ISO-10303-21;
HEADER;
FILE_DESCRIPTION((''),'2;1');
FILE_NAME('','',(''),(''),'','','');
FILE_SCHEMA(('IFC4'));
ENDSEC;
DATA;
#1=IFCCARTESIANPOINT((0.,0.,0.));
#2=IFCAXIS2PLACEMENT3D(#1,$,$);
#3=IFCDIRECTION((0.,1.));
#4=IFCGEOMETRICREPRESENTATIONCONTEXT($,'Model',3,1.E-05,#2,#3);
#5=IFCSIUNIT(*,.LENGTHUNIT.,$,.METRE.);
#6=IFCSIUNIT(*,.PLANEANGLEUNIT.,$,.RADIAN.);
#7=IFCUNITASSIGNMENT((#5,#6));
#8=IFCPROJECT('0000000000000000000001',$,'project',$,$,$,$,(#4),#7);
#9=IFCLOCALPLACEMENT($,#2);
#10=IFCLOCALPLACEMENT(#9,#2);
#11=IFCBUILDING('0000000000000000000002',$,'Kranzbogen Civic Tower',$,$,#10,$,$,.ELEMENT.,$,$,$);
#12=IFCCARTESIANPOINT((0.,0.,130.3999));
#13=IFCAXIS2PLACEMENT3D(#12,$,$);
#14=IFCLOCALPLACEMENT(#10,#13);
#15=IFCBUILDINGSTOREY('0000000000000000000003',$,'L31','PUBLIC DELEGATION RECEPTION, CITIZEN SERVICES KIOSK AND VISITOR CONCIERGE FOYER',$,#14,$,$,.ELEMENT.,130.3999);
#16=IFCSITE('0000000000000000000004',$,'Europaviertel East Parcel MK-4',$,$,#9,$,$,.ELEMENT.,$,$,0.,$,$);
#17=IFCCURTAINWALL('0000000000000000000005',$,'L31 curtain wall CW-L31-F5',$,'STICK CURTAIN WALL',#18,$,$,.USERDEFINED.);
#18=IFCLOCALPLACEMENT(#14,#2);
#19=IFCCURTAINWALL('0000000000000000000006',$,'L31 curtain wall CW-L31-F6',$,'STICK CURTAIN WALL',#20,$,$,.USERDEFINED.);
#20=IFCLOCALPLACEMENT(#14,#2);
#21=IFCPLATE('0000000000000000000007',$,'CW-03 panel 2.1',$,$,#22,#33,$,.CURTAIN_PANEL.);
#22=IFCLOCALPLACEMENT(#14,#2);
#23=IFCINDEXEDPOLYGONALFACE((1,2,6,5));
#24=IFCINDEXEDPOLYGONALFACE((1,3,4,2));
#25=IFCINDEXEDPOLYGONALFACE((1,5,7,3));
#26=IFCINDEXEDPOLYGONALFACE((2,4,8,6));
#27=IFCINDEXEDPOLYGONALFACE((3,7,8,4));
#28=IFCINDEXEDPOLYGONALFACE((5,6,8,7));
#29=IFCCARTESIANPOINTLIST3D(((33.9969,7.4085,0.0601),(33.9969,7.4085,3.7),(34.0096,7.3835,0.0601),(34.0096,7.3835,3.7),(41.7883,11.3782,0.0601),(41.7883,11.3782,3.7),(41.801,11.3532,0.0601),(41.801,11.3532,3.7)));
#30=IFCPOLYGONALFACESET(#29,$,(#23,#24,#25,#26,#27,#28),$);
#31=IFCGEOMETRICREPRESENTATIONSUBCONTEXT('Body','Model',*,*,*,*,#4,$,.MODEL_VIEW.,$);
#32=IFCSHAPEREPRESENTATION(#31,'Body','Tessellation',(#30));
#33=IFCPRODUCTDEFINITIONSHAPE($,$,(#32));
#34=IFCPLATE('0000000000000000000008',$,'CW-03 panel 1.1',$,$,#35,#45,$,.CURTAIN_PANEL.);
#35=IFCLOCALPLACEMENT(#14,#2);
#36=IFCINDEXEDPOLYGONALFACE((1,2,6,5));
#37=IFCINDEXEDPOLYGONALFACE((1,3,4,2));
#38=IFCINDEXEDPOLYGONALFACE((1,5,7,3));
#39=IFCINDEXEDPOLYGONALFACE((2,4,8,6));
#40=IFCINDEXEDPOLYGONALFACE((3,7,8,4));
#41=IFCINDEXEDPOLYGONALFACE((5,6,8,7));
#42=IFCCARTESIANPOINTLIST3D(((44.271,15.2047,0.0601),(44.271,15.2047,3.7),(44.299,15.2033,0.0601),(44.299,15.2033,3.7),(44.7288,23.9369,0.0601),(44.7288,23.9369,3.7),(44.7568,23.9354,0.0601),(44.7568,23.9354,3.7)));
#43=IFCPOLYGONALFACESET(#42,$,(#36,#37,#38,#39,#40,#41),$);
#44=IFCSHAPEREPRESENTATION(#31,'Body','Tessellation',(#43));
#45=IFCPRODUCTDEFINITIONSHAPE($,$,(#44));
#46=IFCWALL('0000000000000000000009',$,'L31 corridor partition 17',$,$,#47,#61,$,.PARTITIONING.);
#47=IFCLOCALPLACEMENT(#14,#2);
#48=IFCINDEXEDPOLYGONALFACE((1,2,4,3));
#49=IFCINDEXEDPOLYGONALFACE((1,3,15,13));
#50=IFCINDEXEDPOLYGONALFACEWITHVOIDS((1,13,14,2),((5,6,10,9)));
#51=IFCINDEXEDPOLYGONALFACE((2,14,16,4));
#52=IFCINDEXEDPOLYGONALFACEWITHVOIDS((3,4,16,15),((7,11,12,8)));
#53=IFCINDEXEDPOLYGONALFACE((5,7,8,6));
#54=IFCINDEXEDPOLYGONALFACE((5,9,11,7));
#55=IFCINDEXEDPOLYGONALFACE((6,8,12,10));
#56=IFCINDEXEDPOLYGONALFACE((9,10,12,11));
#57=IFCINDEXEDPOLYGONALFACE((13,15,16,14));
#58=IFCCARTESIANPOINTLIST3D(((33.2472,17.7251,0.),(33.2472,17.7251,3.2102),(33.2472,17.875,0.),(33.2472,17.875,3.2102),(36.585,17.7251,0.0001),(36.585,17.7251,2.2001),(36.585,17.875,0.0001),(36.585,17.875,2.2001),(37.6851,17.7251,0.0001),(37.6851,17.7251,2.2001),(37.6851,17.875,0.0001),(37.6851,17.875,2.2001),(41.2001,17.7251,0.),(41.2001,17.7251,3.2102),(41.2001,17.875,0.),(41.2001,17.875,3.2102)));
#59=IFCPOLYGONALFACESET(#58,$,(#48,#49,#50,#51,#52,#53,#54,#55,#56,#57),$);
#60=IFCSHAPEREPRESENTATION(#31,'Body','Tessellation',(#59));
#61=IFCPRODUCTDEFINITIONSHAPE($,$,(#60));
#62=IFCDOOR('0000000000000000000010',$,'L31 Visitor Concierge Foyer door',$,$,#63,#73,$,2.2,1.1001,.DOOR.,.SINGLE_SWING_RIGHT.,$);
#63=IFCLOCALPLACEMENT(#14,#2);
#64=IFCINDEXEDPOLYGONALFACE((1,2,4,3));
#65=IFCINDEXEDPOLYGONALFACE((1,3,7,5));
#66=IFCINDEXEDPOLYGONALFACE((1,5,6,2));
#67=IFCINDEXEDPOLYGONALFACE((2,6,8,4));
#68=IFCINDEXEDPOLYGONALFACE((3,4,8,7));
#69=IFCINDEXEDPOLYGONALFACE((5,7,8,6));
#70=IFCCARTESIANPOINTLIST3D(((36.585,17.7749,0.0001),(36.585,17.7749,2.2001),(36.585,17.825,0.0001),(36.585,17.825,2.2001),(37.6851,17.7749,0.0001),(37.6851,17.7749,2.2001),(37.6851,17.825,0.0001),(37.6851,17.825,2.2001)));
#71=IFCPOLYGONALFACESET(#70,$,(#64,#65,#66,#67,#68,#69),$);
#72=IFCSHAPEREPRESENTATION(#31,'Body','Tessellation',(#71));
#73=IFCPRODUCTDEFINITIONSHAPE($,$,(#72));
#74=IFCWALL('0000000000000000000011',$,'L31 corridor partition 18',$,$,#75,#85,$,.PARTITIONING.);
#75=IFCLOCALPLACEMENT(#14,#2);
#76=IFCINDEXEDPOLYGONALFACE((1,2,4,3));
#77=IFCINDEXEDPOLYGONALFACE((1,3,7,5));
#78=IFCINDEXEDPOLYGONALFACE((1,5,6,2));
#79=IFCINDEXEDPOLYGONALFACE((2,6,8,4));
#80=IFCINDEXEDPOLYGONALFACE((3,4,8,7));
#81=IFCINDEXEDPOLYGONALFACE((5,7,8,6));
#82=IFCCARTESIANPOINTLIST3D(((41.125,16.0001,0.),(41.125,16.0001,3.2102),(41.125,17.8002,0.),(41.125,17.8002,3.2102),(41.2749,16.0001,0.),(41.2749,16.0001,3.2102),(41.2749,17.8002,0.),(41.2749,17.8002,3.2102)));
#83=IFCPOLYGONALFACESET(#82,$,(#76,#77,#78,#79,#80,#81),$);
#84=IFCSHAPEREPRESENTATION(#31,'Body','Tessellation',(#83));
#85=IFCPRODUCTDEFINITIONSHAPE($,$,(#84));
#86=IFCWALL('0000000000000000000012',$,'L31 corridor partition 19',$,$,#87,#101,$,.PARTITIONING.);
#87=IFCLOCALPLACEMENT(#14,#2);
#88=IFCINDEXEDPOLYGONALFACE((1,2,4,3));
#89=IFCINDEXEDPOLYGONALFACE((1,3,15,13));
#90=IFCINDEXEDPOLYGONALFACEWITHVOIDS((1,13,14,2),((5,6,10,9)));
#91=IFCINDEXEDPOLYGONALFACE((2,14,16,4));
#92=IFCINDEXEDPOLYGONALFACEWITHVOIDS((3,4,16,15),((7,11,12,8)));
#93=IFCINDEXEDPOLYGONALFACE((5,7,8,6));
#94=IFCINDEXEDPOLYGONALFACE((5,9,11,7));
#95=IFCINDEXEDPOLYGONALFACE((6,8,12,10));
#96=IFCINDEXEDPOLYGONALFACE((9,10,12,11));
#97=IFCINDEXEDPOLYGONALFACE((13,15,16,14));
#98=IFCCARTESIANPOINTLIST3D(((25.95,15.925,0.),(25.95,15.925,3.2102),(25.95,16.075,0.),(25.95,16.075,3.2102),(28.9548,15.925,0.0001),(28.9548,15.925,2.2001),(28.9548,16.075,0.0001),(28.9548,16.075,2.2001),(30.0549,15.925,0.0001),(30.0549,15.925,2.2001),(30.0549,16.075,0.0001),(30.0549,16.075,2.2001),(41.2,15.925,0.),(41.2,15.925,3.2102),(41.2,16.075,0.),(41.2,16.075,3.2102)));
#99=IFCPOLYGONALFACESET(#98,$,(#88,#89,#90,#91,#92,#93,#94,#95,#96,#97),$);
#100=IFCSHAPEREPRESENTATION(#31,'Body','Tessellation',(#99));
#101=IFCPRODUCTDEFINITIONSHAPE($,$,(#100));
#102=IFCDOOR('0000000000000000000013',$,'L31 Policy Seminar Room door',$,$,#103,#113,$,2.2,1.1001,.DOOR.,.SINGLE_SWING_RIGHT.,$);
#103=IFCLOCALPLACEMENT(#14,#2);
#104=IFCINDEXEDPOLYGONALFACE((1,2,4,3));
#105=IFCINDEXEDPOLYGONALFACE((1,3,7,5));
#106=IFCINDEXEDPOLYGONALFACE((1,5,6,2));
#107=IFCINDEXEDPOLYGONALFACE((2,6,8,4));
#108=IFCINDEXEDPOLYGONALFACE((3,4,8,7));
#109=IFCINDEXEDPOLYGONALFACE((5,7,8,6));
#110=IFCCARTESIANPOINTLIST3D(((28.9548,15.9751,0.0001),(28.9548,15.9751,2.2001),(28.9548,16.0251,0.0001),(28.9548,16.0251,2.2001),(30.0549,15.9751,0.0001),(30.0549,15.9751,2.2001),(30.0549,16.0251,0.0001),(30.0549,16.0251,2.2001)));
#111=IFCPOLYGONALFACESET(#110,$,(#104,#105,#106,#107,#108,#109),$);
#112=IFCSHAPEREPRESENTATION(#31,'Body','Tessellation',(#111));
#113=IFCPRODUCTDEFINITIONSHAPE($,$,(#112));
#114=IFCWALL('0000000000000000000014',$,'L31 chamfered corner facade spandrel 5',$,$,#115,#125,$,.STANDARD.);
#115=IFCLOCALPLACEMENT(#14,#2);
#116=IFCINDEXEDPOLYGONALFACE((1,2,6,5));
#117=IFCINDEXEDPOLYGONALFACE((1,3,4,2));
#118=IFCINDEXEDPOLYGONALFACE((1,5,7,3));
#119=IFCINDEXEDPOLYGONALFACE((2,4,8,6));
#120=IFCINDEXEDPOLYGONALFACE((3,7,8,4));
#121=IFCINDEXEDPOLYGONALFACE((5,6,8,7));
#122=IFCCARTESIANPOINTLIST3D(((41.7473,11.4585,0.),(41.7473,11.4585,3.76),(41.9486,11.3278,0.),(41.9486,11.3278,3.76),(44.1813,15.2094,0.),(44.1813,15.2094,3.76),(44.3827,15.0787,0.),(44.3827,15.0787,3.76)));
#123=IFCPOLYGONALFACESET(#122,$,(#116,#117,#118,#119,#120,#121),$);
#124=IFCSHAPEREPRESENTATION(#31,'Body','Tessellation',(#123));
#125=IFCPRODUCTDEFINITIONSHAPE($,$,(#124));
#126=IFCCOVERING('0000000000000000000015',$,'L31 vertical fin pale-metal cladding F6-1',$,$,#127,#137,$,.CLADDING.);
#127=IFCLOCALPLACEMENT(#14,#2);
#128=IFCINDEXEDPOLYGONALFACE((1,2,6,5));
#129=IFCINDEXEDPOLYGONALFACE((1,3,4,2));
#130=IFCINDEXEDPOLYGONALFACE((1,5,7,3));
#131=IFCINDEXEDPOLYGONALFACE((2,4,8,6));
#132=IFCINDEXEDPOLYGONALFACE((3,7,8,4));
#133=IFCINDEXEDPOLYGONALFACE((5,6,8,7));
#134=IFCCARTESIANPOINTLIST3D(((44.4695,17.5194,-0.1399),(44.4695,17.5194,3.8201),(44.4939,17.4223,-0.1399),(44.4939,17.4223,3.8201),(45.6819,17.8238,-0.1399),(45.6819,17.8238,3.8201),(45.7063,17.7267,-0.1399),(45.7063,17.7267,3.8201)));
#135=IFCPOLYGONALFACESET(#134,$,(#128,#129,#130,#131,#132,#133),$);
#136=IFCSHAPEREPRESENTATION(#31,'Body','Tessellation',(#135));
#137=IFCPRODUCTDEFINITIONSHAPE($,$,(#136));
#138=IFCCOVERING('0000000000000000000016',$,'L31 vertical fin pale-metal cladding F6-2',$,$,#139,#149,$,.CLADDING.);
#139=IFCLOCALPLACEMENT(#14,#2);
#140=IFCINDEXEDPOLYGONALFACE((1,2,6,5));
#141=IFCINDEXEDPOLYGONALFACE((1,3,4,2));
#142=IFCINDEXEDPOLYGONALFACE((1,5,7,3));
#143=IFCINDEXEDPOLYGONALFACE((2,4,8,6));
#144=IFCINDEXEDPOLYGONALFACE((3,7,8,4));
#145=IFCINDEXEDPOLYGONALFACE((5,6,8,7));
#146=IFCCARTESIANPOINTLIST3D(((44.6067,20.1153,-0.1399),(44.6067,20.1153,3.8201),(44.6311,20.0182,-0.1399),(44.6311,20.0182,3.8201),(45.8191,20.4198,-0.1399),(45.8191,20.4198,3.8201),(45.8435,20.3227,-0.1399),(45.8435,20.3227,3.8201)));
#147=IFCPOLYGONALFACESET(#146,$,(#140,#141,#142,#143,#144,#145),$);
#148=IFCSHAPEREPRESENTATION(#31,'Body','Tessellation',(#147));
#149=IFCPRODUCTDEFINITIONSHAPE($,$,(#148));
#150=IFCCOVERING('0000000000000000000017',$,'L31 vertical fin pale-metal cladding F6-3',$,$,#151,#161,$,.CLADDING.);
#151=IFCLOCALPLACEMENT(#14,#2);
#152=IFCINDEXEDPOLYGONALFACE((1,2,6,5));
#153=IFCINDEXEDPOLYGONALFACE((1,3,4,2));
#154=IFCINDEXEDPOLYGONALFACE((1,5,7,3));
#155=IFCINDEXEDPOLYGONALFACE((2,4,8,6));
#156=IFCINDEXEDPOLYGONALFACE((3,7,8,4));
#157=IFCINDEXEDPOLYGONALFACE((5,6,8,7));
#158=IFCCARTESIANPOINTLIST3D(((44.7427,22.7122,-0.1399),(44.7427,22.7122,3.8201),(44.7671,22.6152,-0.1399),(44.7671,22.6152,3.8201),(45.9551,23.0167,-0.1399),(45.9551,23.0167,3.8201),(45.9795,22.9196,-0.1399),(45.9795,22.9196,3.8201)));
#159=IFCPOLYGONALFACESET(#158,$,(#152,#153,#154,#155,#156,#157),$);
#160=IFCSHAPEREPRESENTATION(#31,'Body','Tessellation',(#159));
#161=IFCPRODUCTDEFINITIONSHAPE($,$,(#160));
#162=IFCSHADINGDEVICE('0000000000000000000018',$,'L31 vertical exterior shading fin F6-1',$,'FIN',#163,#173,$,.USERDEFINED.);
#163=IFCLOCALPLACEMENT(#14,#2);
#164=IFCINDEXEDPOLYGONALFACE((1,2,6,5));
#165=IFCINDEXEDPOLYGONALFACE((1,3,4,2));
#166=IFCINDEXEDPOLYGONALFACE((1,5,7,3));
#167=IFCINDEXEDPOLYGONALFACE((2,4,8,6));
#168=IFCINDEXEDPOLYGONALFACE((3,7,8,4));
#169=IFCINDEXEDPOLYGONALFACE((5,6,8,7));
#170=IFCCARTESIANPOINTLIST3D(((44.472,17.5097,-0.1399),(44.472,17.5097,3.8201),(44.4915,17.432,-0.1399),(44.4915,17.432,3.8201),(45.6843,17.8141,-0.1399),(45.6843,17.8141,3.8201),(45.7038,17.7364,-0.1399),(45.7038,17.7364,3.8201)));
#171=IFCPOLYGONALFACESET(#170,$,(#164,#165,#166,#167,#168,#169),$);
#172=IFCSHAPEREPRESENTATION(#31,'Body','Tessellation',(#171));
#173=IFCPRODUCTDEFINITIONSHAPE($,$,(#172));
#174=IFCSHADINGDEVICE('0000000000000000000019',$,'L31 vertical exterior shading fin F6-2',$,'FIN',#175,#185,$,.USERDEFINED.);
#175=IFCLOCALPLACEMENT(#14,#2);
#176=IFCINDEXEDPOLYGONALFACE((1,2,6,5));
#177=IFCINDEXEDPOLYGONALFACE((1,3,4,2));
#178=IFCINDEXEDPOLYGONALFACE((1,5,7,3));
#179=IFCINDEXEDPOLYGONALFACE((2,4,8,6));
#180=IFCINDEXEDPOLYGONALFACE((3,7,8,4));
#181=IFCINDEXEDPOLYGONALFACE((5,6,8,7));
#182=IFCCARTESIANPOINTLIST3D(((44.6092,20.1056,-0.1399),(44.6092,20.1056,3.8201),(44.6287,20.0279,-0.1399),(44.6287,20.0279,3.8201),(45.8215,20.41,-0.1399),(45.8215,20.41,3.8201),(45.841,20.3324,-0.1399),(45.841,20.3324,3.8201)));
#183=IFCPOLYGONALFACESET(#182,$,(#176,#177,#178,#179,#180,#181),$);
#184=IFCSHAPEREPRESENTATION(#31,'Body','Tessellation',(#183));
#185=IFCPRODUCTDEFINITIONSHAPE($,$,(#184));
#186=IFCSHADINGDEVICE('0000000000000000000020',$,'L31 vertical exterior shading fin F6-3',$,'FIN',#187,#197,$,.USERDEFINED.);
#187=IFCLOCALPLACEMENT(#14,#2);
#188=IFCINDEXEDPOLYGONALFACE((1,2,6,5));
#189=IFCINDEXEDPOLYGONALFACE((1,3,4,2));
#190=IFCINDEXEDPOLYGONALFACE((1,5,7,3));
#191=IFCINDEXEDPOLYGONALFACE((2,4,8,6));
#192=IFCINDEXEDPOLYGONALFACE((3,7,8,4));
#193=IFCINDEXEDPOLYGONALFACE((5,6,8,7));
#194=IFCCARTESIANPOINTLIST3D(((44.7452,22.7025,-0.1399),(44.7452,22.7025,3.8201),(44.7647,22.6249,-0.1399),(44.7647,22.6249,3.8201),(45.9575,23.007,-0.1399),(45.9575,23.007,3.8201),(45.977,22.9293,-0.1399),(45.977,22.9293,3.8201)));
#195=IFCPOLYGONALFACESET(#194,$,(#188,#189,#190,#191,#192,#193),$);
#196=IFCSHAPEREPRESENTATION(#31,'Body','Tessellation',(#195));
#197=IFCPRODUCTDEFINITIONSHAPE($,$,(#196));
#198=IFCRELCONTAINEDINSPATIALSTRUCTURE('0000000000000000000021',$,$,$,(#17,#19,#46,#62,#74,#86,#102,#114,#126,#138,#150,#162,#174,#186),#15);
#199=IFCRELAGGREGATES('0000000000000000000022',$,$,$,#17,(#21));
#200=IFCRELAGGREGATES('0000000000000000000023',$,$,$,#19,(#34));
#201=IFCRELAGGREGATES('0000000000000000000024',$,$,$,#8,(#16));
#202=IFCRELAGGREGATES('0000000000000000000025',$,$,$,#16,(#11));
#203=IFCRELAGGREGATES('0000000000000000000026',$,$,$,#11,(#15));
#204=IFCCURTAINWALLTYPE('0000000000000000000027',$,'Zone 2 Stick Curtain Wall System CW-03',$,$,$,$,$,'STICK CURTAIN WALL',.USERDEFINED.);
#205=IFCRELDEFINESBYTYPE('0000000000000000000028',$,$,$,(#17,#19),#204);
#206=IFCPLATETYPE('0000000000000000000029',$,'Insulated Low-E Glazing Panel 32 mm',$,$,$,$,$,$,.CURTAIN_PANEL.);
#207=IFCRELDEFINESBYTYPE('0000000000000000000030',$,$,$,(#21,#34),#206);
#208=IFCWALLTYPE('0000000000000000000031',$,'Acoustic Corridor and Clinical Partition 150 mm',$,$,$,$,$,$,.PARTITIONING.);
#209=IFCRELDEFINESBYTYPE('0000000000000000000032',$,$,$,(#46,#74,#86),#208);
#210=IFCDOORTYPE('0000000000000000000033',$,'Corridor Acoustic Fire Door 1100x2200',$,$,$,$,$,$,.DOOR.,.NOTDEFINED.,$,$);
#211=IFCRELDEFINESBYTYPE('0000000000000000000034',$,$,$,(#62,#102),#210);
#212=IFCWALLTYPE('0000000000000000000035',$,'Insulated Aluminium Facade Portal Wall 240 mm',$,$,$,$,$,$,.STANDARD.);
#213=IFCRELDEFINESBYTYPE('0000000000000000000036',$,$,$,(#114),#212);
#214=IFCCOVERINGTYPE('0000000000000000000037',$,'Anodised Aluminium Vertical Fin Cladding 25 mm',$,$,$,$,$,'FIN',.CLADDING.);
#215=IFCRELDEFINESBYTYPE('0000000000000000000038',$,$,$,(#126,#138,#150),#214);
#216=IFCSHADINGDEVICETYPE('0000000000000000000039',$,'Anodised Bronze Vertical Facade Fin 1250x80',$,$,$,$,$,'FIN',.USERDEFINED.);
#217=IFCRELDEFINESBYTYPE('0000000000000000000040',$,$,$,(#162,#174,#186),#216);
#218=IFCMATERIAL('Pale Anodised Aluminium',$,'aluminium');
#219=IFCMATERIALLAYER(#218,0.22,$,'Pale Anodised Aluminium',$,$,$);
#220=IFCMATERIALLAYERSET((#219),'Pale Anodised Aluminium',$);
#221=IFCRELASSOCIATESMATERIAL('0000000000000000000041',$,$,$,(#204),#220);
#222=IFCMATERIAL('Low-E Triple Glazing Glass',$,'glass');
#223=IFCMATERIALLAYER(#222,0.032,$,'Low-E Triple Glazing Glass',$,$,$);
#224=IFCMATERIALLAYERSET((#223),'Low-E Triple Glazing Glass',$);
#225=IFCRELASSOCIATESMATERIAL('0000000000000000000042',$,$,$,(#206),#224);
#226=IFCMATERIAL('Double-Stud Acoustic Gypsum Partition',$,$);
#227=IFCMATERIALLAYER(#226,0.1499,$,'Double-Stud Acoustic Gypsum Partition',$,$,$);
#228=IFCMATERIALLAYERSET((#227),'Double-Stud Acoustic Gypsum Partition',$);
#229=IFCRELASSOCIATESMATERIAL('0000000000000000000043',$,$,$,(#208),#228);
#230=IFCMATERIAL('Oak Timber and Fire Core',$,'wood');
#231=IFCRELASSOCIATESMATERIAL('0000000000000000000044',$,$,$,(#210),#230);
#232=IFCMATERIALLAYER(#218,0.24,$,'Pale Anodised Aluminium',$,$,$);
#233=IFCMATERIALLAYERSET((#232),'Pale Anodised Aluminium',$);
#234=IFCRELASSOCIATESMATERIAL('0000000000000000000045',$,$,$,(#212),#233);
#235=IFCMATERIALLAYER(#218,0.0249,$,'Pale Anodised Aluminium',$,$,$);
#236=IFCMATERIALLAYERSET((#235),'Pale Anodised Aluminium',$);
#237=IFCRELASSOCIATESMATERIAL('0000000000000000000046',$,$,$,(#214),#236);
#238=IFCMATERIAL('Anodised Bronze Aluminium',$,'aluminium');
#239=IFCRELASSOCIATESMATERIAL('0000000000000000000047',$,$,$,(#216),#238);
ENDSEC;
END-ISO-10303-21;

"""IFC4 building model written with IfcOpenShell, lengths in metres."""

from ifc_helpers import new_model, si_unit, direction, frame, frame_2d, origin, origin_2d, place, context, subcontext, project, spatial, rectangle, extrude, material, layer, layer_set, type_object, element, fill, aggregate, save


model = new_model("IFC4")

# Units and contexts
model_context = context("Model", 3, precision=1e-05, world=origin(), true_north=direction((0.0, 1.0)))
body_context = subcontext(model_context, "Body", "Model", "MODEL_VIEW")
ifc_project = project(units=[si_unit("LENGTHUNIT", "METRE"), si_unit("PLANEANGLEUNIT", "RADIAN")], contexts=[model_context])

# Site, building, storey
site_placement = place(None, origin())
site = spatial("IfcSite", under=ifc_project, at=site_placement, Name="Europaviertel East Parcel MK-4", CompositionType="ELEMENT", RefElevation=0.0)
building_placement = place(site_placement, origin())
building = spatial("IfcBuilding", under=site, at=building_placement, Name="Kranzbogen Civic Tower", CompositionType="ELEMENT")
storey_placement = place(building_placement, frame((0.0, 0.0, 130.3999)))
storey = spatial("IfcBuildingStorey", under=building, at=storey_placement, Name="L31", Description="PUBLIC DELEGATION RECEPTION, CITIZEN SERVICES KIOSK AND VISITOR CONCIERGE FOYER", CompositionType="ELEMENT", Elevation=130.3999)

# Curtain walls
ifc_material_1 = material(Name="Pale Anodised Aluminium", Category="aluminium")
ifc_layer_1 = layer(ifc_material_1, 0.22, Name="Pale Anodised Aluminium")
ifc_layer_set_1 = layer_set([ifc_layer_1], Name="Pale Anodised Aluminium")
curtain_wall_type = type_object("IfcCurtainWallType", Name="Zone 2 Stick Curtain Wall System CW-03", ElementType="STICK CURTAIN WALL", PredefinedType="USERDEFINED", material=ifc_layer_set_1)
curtain_wall_1_placement = place(storey_placement, origin())
curtain_wall_1 = element("IfcCurtainWall", 1, at=curtain_wall_1_placement, inside=storey, type_object=curtain_wall_type, Name="L31 curtain wall CW-L31-F5", ObjectType="STICK CURTAIN WALL", PredefinedType="USERDEFINED")
curtain_wall_2_placement = place(storey_placement, origin())
curtain_wall_2 = element("IfcCurtainWall", 2, at=curtain_wall_2_placement, inside=storey, type_object=curtain_wall_type, Name="L31 curtain wall CW-L31-F6", ObjectType="STICK CURTAIN WALL", PredefinedType="USERDEFINED")

# Plates
ifc_material_2 = material(Name="Low-E Triple Glazing Glass", Category="glass")
ifc_layer_2 = layer(ifc_material_2, 0.032, Name="Low-E Triple Glazing Glass")
ifc_layer_set_2 = layer_set([ifc_layer_2], Name="Low-E Triple Glazing Glass")
plate_type = type_object("IfcPlateType", Name="Insulated Low-E Glazing Panel 32 mm", PredefinedType="CURTAIN_PANEL", material=ifc_layer_set_2)
plate_1_placement = place(storey_placement, frame((37.8989, 9.3809, 0.0601), z_axis=(0.0, 0.0, 1.0), x_axis=(0.891017, 0.45397, 0.0)))
plate_1 = element("IfcPlate", 3, at=plate_1_placement, type_object=plate_type, Name="CW-03 panel 2.1", PredefinedType="CURTAIN_PANEL", context=body_context, shape_type="SweptSolid", body=[
    extrude(rectangle(XDim=8.7444, YDim=0.0281, at=origin_2d()), origin(), (0.0, 0.0, 1.0), 3.6399),
])
aggregate(curtain_wall_1, [plate_1])
plate_2_placement = place(storey_placement, frame((44.5139, 19.5701, 0.0601), z_axis=(0.0, 0.0, 1.0), x_axis=(0.052354, 0.998629, 0.0)))
plate_2 = element("IfcPlate", 4, at=plate_2_placement, type_object=plate_type, Name="CW-03 panel 1.1", PredefinedType="CURTAIN_PANEL", context=body_context, shape_type="SweptSolid", body=[
    extrude(rectangle(XDim=8.7441, YDim=0.0281, at=origin_2d()), origin(), (0.0, 0.0, 1.0), 3.6399),
])
aggregate(curtain_wall_2, [plate_2])

# Wall, opening, door
ifc_material_3 = material(Name="Double-Stud Acoustic Gypsum Partition")
ifc_layer_3 = layer(ifc_material_3, 0.1499, Name="Double-Stud Acoustic Gypsum Partition")
ifc_layer_set_3 = layer_set([ifc_layer_3], Name="Double-Stud Acoustic Gypsum Partition")
wall_type_1 = type_object("IfcWallType", Name="Acoustic Corridor and Clinical Partition 150 mm", PredefinedType="PARTITIONING", material=ifc_layer_set_3)
wall_1_placement = place(storey_placement, frame((33.2471, 17.8, 0.0), z_axis=(0.0, 0.0, 1.0), x_axis=(1.0, 0.0, 0.0)))
wall_1 = element("IfcWall", 5, at=wall_1_placement, inside=storey, type_object=wall_type_1, Name="L31 corridor partition 17", PredefinedType="PARTITIONING", context=body_context, shape_type="SweptSolid", body=[
    extrude(rectangle(XDim=7.9529, YDim=0.1499, at=frame_2d((3.9766, 0.0))), origin(), (0.0, 0.0, 1.0), 3.2102),
])
opening_1_placement = place(wall_1_placement, frame((3.3379, 0.0, 0.0)))
opening_1 = element("IfcOpeningElement", 6, at=opening_1_placement, cuts=wall_1, PredefinedType="OPENING", context=body_context, shape_type="SweptSolid", body=[
    extrude(rectangle(XDim=1.1001, YDim=2.2, at=frame_2d((0.55, 1.1001))), frame((0.0, 0.085, 0.0), z_axis=(0.0, -1.0, 0.0), x_axis=(1.0, 0.0, 0.0)), (0.0, 0.0, 1.0), 0.1699),
])
ifc_material_4 = material(Name="Oak Timber and Fire Core", Category="wood")
door_type = type_object("IfcDoorType", Name="Corridor Acoustic Fire Door 1100x2200", OperationType="NOTDEFINED", PredefinedType="DOOR", material=ifc_material_4)
door_1_placement = place(opening_1_placement, origin())
door_1 = element("IfcDoor", 7, at=door_1_placement, inside=storey, type_object=door_type, Name="L31 Visitor Concierge Foyer door", OperationType="SINGLE_SWING_RIGHT", OverallHeight=2.2, OverallWidth=1.1001, PredefinedType="DOOR", context=body_context, shape_type="SweptSolid", body=[
    extrude(rectangle(XDim=1.1001, YDim=2.2, at=frame_2d((0.55, 1.1001))), frame((0.0, 0.0249, 0.0), z_axis=(0.0, -1.0, 0.0), x_axis=(1.0, 0.0, 0.0)), (0.0, 0.0, 1.0), 0.05),
])
fill(opening_1, door_1)

# Wall
wall_2_placement = place(storey_placement, frame((41.2, 17.8, 0.0), z_axis=(0.0, 0.0, 1.0), x_axis=(0.0, -1.0, 0.0)))
element("IfcWall", 8, at=wall_2_placement, inside=storey, type_object=wall_type_1, Name="L31 corridor partition 18", PredefinedType="PARTITIONING", context=body_context, shape_type="SweptSolid", body=[
    extrude(rectangle(XDim=1.8, YDim=0.1499, at=frame_2d((0.8999, 0.0))), origin(), (0.0, 0.0, 1.0), 3.2102),
])

# Wall, opening, door
wall_3_placement = place(storey_placement, frame((41.2, 16.0, 0.0), z_axis=(0.0, 0.0, 1.0), x_axis=(-1.0, 0.0, 0.0)))
wall_3 = element("IfcWall", 9, at=wall_3_placement, inside=storey, type_object=wall_type_1, Name="L31 corridor partition 19", PredefinedType="PARTITIONING", context=body_context, shape_type="SweptSolid", body=[
    extrude(rectangle(XDim=15.25, YDim=0.1499, at=frame_2d((7.625, 0.0))), origin(), (0.0, 0.0, 1.0), 3.2102),
])
opening_2_placement = place(wall_3_placement, frame((11.145, 0.0, 0.0)))
opening_2 = element("IfcOpeningElement", 10, at=opening_2_placement, cuts=wall_3, PredefinedType="OPENING", context=body_context, shape_type="SweptSolid", body=[
    extrude(rectangle(XDim=1.1001, YDim=2.2, at=frame_2d((0.55, 1.1001))), frame((0.0, 0.085, 0.0), z_axis=(0.0, -1.0, 0.0), x_axis=(1.0, 0.0, 0.0)), (0.0, 0.0, 1.0), 0.1699),
])
door_2_placement = place(opening_2_placement, origin())
door_2 = element("IfcDoor", 11, at=door_2_placement, inside=storey, type_object=door_type, Name="L31 Policy Seminar Room door", OperationType="SINGLE_SWING_RIGHT", OverallHeight=2.2, OverallWidth=1.1001, PredefinedType="DOOR", context=body_context, shape_type="SweptSolid", body=[
    extrude(rectangle(XDim=1.1001, YDim=2.2, at=frame_2d((0.55, 1.1001))), frame((0.0, 0.0249, 0.0), z_axis=(0.0, -1.0, 0.0), x_axis=(1.0, 0.0, 0.0)), (0.0, 0.0, 1.0), 0.05),
])
fill(opening_2, door_2)

# Wall
ifc_layer_4 = layer(ifc_material_1, 0.24, Name="Pale Anodised Aluminium")
ifc_layer_set_4 = layer_set([ifc_layer_4], Name="Pale Anodised Aluminium")
wall_type_2 = type_object("IfcWallType", Name="Insulated Aluminium Facade Portal Wall 240 mm", PredefinedType="STANDARD", material=ifc_layer_set_4)
wall_4_placement = place(storey_placement, frame((41.8479, 11.3931, 0.0), z_axis=(0.0, 0.0, 1.0), x_axis=(0.544351, 0.838858, 0.0)))
element("IfcWall", 12, at=wall_4_placement, inside=storey, type_object=wall_type_2, Name="L31 chamfered corner facade spandrel 5", PredefinedType="STANDARD", context=body_context, shape_type="SweptSolid", body=[
    extrude(rectangle(XDim=4.4714, YDim=0.24, at=frame_2d((2.2358, 0.0))), origin(), (0.0, 0.0, 1.0), 3.76),
])

# Coverings
ifc_layer_5 = layer(ifc_material_1, 0.0249, Name="Pale Anodised Aluminium")
ifc_layer_set_5 = layer_set([ifc_layer_5], Name="Pale Anodised Aluminium")
covering_type = type_object("IfcCoveringType", Name="Anodised Aluminium Vertical Fin Cladding 25 mm", ElementType="FIN", PredefinedType="CLADDING", material=ifc_layer_set_5)
for number, where, z_axis, x_axis, name in (
    (13, (45.0879, 17.623, -0.1399), (0.0, 0.0, 1.0), (0.969889, 0.243547, 0.0), "L31 vertical fin pale-metal cladding F6-1"),
    (14, (45.2251, 20.219, -0.1399), (0.0, 0.0, 1.0), (0.969889, 0.243547, 0.0), "L31 vertical fin pale-metal cladding F6-2"),
    (15, (45.3611, 22.8159, -0.1399), (0.0, 0.0, 1.0), (0.969889, 0.243547, 0.0), "L31 vertical fin pale-metal cladding F6-3"),
):
    element("IfcCovering", number, at=place(storey_placement, frame(where, z_axis=z_axis, x_axis=x_axis)), inside=storey, type_object=covering_type, Name=name, PredefinedType="CLADDING", context=body_context, shape_type="SweptSolid", body=[
        extrude(rectangle(XDim=1.25, YDim=0.1001, at=origin_2d()), origin(), (0.0, 0.0, 1.0), 3.96),
    ])

# Shading devices
ifc_material_5 = material(Name="Anodised Bronze Aluminium", Category="aluminium")
shading_device_type = type_object("IfcShadingDeviceType", Name="Anodised Bronze Vertical Facade Fin 1250x80", ElementType="FIN", PredefinedType="USERDEFINED", material=ifc_material_5)
for number, where, z_axis, x_axis, name in (
    (16, (45.0879, 17.623, -0.1399), (0.0, 0.0, 1.0), (0.969889, 0.243547, 0.0), "L31 vertical exterior shading fin F6-1"),
    (17, (45.2251, 20.219, -0.1399), (0.0, 0.0, 1.0), (0.969889, 0.243547, 0.0), "L31 vertical exterior shading fin F6-2"),
    (18, (45.3611, 22.8159, -0.1399), (0.0, 0.0, 1.0), (0.969889, 0.243547, 0.0), "L31 vertical exterior shading fin F6-3"),
):
    element("IfcShadingDevice", number, at=place(storey_placement, frame(where, z_axis=z_axis, x_axis=x_axis)), inside=storey, type_object=shading_device_type, Name=name, ObjectType="FIN", PredefinedType="USERDEFINED", context=body_context, shape_type="SweptSolid", body=[
        extrude(rectangle(XDim=1.25, YDim=0.0801, at=origin_2d()), origin(), (0.0, 0.0, 1.0), 3.96),
    ])

save(model, "model.ifc")
